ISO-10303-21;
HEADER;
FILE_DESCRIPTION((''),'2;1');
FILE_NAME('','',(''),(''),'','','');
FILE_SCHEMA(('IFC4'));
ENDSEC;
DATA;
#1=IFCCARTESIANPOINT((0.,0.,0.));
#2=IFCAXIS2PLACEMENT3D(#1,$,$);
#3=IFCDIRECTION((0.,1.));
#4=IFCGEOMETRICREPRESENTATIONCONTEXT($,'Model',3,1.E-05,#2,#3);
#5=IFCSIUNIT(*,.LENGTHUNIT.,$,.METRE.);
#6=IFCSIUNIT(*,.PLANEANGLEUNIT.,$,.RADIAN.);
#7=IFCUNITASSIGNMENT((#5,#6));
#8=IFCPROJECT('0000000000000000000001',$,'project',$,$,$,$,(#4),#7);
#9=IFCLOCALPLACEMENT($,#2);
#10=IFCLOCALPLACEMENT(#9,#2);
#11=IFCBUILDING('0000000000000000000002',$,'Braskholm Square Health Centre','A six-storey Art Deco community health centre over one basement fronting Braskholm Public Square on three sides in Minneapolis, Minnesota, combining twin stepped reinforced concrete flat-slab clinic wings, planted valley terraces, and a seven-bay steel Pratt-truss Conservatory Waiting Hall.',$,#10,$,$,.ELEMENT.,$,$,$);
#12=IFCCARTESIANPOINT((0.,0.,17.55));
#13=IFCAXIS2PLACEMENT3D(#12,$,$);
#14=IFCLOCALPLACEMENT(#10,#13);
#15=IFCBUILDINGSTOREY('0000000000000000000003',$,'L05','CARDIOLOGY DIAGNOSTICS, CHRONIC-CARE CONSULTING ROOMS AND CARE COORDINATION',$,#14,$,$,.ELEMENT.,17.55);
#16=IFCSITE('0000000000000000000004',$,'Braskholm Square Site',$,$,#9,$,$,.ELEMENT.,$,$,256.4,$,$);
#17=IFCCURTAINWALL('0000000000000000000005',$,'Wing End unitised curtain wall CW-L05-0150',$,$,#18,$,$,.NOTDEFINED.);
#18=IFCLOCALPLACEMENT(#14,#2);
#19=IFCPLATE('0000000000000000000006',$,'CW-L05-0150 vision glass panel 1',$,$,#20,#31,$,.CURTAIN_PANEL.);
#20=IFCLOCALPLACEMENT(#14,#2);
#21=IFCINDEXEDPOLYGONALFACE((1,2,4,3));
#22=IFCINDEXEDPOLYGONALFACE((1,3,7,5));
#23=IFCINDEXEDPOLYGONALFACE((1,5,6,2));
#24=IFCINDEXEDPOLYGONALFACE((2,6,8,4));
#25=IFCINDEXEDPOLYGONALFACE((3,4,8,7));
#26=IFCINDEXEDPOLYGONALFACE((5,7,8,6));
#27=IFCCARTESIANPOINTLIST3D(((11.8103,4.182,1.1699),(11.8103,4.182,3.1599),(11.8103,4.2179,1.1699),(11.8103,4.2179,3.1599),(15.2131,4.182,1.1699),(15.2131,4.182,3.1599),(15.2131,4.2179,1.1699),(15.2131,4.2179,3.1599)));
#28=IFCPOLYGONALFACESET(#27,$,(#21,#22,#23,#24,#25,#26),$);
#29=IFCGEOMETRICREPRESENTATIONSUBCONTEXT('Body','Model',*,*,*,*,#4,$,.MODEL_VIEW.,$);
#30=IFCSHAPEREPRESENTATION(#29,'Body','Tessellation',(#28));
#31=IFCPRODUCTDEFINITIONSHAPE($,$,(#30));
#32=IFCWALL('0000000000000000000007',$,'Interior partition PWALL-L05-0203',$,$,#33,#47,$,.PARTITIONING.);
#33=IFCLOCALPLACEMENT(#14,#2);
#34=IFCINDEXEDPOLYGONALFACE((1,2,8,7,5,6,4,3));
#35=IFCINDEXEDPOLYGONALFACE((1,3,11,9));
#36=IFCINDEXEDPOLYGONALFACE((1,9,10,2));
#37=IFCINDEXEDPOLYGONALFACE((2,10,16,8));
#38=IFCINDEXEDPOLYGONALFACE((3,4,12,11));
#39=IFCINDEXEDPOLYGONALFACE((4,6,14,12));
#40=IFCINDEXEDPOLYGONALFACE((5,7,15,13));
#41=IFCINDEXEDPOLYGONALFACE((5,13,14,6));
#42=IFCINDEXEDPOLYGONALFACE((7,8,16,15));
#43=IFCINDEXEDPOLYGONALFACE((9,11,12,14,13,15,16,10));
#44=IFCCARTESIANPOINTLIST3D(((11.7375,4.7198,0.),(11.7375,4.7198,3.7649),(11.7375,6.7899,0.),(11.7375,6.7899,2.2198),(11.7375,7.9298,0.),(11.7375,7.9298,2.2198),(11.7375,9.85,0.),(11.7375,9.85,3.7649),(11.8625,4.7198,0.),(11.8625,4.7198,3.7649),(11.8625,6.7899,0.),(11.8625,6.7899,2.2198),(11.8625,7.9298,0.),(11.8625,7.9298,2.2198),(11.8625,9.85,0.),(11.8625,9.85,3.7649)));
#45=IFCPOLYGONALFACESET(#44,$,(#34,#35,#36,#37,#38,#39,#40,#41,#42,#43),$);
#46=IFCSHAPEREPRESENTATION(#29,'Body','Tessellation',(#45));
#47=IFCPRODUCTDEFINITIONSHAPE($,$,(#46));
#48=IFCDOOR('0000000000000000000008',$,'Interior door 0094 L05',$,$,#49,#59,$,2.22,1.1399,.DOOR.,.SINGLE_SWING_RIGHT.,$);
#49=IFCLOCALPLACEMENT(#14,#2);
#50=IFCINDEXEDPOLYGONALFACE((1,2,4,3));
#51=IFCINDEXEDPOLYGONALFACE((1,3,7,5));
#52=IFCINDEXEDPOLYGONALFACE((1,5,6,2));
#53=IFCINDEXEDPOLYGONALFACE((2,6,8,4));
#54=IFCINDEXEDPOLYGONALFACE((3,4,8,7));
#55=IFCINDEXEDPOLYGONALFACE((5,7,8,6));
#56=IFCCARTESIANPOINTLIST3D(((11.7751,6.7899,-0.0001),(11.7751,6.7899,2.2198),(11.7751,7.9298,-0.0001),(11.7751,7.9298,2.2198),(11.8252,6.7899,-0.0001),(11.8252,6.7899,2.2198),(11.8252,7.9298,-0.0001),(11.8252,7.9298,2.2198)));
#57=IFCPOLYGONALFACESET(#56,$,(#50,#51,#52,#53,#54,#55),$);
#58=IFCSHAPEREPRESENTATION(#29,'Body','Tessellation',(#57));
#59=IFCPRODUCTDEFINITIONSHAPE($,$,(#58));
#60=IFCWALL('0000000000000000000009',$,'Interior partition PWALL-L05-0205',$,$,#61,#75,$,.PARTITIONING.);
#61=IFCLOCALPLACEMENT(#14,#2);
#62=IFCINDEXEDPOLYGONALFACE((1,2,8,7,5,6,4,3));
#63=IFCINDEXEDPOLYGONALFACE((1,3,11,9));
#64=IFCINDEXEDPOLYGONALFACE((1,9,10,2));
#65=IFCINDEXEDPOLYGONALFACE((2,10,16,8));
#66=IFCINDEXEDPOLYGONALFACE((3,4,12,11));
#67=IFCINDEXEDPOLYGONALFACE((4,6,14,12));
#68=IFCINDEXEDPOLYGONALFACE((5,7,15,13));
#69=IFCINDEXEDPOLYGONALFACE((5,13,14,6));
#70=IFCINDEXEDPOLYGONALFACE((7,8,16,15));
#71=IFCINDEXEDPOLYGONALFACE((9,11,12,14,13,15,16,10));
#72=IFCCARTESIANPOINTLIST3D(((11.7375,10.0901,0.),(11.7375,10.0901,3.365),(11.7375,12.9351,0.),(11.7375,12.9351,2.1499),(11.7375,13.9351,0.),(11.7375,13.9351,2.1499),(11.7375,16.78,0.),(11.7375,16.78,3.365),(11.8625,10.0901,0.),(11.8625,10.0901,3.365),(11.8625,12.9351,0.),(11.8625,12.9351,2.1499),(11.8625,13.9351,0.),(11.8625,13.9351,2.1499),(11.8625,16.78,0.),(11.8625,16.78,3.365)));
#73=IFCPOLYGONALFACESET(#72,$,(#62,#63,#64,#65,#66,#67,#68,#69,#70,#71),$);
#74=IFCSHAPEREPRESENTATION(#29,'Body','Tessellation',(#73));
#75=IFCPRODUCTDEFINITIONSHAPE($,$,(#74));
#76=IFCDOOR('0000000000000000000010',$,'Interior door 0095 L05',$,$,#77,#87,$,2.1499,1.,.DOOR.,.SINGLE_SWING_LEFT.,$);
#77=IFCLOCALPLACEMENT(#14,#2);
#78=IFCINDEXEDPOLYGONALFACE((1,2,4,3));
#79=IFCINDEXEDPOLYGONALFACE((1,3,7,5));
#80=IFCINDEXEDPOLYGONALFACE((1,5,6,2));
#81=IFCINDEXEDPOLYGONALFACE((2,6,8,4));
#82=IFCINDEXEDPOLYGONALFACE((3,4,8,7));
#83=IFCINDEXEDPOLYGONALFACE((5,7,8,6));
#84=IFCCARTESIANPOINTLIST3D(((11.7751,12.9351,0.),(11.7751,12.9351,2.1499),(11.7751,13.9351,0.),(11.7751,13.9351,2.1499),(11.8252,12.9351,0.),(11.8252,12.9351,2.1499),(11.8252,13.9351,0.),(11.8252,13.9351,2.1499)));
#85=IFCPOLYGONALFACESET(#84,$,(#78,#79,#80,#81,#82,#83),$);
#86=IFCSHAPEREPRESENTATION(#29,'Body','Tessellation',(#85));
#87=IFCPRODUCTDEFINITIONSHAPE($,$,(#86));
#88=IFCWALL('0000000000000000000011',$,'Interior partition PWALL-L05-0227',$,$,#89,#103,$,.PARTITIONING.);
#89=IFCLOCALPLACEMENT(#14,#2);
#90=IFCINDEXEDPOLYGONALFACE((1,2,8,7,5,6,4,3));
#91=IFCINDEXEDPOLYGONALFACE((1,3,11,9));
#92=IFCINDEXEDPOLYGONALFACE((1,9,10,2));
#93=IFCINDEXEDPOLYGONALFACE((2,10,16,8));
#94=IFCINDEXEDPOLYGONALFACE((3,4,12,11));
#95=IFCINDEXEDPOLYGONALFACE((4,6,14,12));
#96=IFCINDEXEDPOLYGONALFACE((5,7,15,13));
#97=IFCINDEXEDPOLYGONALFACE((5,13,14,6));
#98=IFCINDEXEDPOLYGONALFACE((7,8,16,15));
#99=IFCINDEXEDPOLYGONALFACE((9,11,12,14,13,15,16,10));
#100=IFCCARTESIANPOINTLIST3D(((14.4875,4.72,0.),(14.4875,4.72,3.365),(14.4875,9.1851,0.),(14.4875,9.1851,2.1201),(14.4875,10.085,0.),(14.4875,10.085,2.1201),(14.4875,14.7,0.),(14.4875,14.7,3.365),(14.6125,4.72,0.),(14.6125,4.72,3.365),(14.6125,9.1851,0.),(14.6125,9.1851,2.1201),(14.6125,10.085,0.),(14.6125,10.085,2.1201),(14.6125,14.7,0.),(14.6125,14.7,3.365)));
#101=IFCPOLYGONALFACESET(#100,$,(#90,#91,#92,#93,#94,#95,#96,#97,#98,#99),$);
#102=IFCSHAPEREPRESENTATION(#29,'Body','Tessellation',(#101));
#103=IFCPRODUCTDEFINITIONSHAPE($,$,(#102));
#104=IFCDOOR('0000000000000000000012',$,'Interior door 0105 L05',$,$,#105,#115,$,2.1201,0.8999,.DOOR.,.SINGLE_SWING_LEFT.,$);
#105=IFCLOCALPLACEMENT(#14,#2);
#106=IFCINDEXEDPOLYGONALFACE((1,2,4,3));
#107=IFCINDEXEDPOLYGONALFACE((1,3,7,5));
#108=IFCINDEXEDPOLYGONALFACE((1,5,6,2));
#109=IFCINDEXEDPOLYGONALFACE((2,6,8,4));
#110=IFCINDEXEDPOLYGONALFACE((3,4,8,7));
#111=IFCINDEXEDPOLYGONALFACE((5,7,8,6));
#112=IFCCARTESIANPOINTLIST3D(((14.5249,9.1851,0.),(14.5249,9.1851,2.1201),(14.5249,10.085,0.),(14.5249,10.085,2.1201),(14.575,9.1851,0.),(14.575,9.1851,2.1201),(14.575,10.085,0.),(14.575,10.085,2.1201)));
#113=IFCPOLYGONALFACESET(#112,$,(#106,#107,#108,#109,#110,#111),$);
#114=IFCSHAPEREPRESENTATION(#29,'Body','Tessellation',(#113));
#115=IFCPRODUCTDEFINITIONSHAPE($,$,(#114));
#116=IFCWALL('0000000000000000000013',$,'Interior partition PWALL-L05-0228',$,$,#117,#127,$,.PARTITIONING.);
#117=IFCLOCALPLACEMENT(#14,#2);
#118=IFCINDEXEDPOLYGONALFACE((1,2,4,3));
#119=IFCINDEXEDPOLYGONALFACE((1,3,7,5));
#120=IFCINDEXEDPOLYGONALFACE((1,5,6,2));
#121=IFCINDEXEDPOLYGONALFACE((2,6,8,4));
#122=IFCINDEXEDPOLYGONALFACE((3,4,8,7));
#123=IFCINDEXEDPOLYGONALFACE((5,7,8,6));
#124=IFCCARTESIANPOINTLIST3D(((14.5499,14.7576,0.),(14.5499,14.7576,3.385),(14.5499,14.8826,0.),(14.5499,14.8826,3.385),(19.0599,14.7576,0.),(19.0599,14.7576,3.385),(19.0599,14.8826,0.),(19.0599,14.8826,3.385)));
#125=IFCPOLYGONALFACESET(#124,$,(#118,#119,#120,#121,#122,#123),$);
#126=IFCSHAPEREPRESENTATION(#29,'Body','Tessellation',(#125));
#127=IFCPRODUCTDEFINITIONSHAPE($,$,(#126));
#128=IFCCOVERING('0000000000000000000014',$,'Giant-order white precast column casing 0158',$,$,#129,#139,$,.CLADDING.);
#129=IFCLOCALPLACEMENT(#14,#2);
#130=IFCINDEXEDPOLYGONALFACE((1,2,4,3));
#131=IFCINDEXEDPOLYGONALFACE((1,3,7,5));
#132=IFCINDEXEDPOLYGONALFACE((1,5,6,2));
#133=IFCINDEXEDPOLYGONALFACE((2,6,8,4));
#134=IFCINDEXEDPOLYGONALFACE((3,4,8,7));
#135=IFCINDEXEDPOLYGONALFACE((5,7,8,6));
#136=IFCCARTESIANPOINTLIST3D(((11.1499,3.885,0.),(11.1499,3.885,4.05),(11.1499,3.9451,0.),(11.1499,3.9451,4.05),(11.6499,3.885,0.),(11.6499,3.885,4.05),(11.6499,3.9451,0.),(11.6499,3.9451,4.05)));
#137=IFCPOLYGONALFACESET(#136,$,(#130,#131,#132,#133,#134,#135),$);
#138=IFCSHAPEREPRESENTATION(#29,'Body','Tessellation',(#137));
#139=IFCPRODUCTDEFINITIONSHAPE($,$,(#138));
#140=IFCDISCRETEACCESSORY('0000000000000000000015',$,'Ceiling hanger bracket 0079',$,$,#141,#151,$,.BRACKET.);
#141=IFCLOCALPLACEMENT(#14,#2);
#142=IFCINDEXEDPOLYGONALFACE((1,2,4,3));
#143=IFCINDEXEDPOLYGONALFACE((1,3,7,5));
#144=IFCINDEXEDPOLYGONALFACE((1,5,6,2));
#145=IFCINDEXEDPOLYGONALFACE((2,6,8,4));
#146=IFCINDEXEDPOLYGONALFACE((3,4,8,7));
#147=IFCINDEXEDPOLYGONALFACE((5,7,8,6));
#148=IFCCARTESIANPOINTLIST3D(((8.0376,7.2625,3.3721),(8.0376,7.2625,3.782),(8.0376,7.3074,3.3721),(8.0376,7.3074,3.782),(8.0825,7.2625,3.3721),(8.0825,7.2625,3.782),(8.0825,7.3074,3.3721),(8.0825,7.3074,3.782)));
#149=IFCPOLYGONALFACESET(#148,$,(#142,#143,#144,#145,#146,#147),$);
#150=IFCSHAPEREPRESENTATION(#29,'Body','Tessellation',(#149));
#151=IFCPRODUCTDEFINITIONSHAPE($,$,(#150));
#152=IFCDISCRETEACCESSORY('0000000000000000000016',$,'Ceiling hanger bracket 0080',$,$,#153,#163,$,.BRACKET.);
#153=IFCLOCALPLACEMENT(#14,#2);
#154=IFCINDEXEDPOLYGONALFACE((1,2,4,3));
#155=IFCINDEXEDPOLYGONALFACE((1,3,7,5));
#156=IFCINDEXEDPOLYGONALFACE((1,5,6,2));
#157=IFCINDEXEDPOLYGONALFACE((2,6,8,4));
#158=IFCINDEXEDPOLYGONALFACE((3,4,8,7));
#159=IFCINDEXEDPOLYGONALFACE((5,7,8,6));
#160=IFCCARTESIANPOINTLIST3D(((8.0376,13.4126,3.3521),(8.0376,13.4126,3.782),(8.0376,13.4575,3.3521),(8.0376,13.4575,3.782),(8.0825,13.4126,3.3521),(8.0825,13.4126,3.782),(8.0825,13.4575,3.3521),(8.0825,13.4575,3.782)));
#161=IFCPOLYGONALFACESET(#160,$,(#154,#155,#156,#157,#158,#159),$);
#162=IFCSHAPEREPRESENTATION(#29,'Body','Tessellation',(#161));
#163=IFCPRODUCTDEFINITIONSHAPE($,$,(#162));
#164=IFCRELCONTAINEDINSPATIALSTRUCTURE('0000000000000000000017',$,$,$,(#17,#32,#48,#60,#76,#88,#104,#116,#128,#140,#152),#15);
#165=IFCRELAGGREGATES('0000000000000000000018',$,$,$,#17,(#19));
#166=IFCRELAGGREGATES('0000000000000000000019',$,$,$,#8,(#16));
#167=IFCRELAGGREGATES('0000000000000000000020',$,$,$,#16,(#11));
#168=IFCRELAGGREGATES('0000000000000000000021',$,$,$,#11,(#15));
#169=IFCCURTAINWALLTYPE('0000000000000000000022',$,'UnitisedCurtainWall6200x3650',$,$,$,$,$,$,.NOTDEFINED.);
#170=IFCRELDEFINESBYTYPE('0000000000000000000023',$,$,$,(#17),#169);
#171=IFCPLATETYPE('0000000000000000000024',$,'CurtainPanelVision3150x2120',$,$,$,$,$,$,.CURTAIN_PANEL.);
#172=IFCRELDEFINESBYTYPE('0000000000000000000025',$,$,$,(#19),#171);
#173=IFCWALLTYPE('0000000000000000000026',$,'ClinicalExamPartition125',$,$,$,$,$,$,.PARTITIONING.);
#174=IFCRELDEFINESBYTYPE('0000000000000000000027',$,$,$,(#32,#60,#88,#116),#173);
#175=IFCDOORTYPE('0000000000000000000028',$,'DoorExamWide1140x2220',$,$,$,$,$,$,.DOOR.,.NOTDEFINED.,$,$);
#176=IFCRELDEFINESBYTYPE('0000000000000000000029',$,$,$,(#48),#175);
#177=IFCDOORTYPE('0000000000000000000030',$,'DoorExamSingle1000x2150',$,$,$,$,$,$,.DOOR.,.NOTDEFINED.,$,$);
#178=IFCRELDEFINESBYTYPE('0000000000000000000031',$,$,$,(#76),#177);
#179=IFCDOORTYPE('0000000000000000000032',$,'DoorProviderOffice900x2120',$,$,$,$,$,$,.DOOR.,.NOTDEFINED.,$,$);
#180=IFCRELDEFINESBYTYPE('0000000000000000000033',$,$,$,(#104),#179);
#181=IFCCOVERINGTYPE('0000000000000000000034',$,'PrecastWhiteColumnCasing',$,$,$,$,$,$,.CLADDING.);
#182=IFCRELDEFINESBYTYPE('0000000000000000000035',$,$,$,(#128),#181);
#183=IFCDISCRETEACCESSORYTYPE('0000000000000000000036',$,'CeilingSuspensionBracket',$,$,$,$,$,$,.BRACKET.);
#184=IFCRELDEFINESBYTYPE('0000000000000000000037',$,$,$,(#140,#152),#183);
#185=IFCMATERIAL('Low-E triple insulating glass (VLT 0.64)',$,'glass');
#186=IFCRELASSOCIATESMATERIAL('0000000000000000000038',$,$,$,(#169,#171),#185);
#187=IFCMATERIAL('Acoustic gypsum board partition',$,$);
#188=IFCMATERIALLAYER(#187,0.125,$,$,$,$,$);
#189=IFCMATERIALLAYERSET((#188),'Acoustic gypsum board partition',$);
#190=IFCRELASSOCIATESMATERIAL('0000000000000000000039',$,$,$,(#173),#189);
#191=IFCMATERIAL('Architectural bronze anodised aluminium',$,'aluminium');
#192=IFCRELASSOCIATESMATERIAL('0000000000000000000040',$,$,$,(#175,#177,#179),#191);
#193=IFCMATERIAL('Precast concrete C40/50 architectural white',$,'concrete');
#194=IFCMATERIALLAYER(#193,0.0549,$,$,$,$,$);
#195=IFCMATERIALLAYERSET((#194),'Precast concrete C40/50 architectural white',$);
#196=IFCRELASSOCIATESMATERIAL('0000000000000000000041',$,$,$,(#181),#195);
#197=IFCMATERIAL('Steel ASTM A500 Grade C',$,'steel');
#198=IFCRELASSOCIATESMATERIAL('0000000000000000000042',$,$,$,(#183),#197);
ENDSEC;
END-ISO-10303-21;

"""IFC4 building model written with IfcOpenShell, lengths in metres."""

from ifc_helpers import new_model, si_unit, direction, frame, frame_2d, origin, origin_with_axes, origin_2d, place, context, subcontext, project, spatial, rectangle, extrude, material, layer, layer_set, type_object, element, fill, aggregate, save


model = new_model("IFC4")

# Units and contexts
model_context = context("Model", 3, precision=1e-05, world=origin(), true_north=direction((0.0, 1.0)))
body_context = subcontext(model_context, "Body", "Model", "MODEL_VIEW")
ifc_project = project(units=[si_unit("LENGTHUNIT", "METRE"), si_unit("PLANEANGLEUNIT", "RADIAN")], contexts=[model_context])

# Site, building, storey
site_placement = place(None, origin())
site = spatial("IfcSite", under=ifc_project, at=site_placement, Name="Braskholm Square Site", CompositionType="ELEMENT", RefElevation=256.4)
building_placement = place(site_placement, origin())
building = spatial("IfcBuilding", under=site, at=building_placement, Name="Braskholm Square Health Centre", Description="A six-storey Art Deco community health centre over one basement fronting Braskholm Public Square on three sides in Minneapolis, Minnesota, combining twin stepped reinforced concrete flat-slab clinic wings, planted valley terraces, and a seven-bay steel Pratt-truss Conservatory Waiting Hall.", CompositionType="ELEMENT")
storey_placement = place(building_placement, frame((0.0, 0.0, 17.55)))
storey = spatial("IfcBuildingStorey", under=building, at=storey_placement, Name="L05", Description="CARDIOLOGY DIAGNOSTICS, CHRONIC-CARE CONSULTING ROOMS AND CARE COORDINATION", CompositionType="ELEMENT", Elevation=17.55)

# Shared definitions
ifc_material_1 = material(Name="Precast concrete C40/50 architectural white", Category="concrete")

# Curtain wall
ifc_material_2 = material(Name="Low-E triple insulating glass (VLT 0.64)", Category="glass")
curtain_wall_type = type_object("IfcCurtainWallType", Name="UnitisedCurtainWall6200x3650", PredefinedType="NOTDEFINED", material=ifc_material_2)
curtain_wall_1_placement = place(storey_placement, origin())
curtain_wall_1 = element("IfcCurtainWall", 1, at=curtain_wall_1_placement, inside=storey, type_object=curtain_wall_type, Name="Wing End unitised curtain wall CW-L05-0150", PredefinedType="NOTDEFINED")
ifc_material_3 = material(Name="Architectural bronze anodised aluminium", Category="aluminium")

# Plate
plate_type_1 = type_object("IfcPlateType", Name="CurtainPanelVision3150x2120", PredefinedType="CURTAIN_PANEL", material=ifc_material_2)
plate_1_placement = place(storey_placement, frame((13.5117, 4.2, 1.1699), z_axis=(0.0, 0.0, 1.0), x_axis=(1.0, 0.0, 0.0)))
plate_1 = element("IfcPlate", 2, at=plate_1_placement, type_object=plate_type_1, Name="CW-L05-0150 vision glass panel 1", PredefinedType="CURTAIN_PANEL", context=body_context, shape_type="SweptSolid", body=[
    extrude(rectangle(XDim=3.4028, YDim=0.0359, at=origin_2d()), origin(), (0.0, 0.0, 1.0), 1.99),
])
aggregate(curtain_wall_1, [plate_1])

# Walls, openings, doors
ifc_material_4 = material(Name="Acoustic gypsum board partition")
ifc_layer_1 = layer(ifc_material_4, 0.125)
ifc_layer_set_1 = layer_set([ifc_layer_1], Name="Acoustic gypsum board partition")
wall_type = type_object("IfcWallType", Name="ClinicalExamPartition125", PredefinedType="PARTITIONING", material=ifc_layer_set_1)
wall_1_placement = place(storey_placement, frame((11.8, 4.72, 0.0), z_axis=(0.0, 0.0, 1.0), x_axis=(0.0, 1.0, 0.0)))
wall_1 = element("IfcWall", 3, at=wall_1_placement, inside=storey, type_object=wall_type, Name="Interior partition PWALL-L05-0203", PredefinedType="PARTITIONING", context=body_context, shape_type="SweptSolid", body=[
    extrude(rectangle(XDim=5.1301, YDim=0.125, at=frame_2d((2.5649, 0.0))), origin(), (0.0, 0.0, 1.0), 3.7649),
])
opening_1_placement = place(wall_1_placement, frame((2.0701, 0.0, 0.0)))
opening_1 = element("IfcOpeningElement", 4, at=opening_1_placement, cuts=wall_1, PredefinedType="OPENING", context=body_context, shape_type="SweptSolid", body=[
    extrude(rectangle(XDim=1.1399, YDim=2.22, at=frame_2d((0.5698, 1.1099))), frame((0.0, 0.0725, 0.0), z_axis=(0.0, -1.0, 0.0), x_axis=(1.0, 0.0, 0.0)), (0.0, 0.0, 1.0), 0.145),
])
door_type_1 = type_object("IfcDoorType", Name="DoorExamWide1140x2220", OperationType="NOTDEFINED", PredefinedType="DOOR", material=ifc_material_3)
door_1_placement = place(opening_1_placement, origin_with_axes())
door_1 = element("IfcDoor", 5, at=door_1_placement, inside=storey, type_object=door_type_1, Name="Interior door 0094 L05", OperationType="SINGLE_SWING_RIGHT", OverallHeight=2.22, OverallWidth=1.1399, PredefinedType="DOOR", context=body_context, shape_type="SweptSolid", body=[
    extrude(rectangle(XDim=1.1399, YDim=2.22, at=frame_2d((0.5698, 1.1099))), frame((0.0, 0.0249, 0.0), z_axis=(0.0, -1.0, 0.0), x_axis=(1.0, 0.0, 0.0)), (0.0, 0.0, 1.0), 0.05),
])
fill(opening_1, door_1)
wall_2_placement = place(storey_placement, frame((11.8, 10.0901, 0.0), z_axis=(0.0, 0.0, 1.0), x_axis=(0.0, 1.0, 0.0)))
wall_2 = element("IfcWall", 6, at=wall_2_placement, inside=storey, type_object=wall_type, Name="Interior partition PWALL-L05-0205", PredefinedType="PARTITIONING", context=body_context, shape_type="SweptSolid", body=[
    extrude(rectangle(XDim=6.6899, YDim=0.125, at=frame_2d((3.345, 0.0))), origin(), (0.0, 0.0, 1.0), 3.365),
])
opening_2_placement = place(wall_2_placement, frame((2.845, 0.0, 0.0)))
opening_2 = element("IfcOpeningElement", 7, at=opening_2_placement, cuts=wall_2, PredefinedType="OPENING", context=body_context, shape_type="SweptSolid", body=[
    extrude(rectangle(XDim=1.0, YDim=2.1499, at=frame_2d((0.5, 1.075))), frame((0.0, 0.0725, 0.0), z_axis=(0.0, -1.0, 0.0), x_axis=(1.0, 0.0, 0.0)), (0.0, 0.0, 1.0), 0.145),
])
door_type_2 = type_object("IfcDoorType", Name="DoorExamSingle1000x2150", OperationType="NOTDEFINED", PredefinedType="DOOR", material=ifc_material_3)
door_2_placement = place(opening_2_placement, origin_with_axes())
door_2 = element("IfcDoor", 8, at=door_2_placement, inside=storey, type_object=door_type_2, Name="Interior door 0095 L05", OperationType="SINGLE_SWING_LEFT", OverallHeight=2.1499, OverallWidth=1.0, PredefinedType="DOOR", context=body_context, shape_type="SweptSolid", body=[
    extrude(rectangle(XDim=1.0, YDim=2.1499, at=frame_2d((0.5, 1.075))), frame((0.0, 0.0249, 0.0), z_axis=(0.0, -1.0, 0.0), x_axis=(1.0, 0.0, 0.0)), (0.0, 0.0, 1.0), 0.05),
])
fill(opening_2, door_2)
wall_3_placement = place(storey_placement, frame((14.55, 4.72, 0.0), z_axis=(0.0, 0.0, 1.0), x_axis=(0.0, 1.0, 0.0)))
wall_3 = element("IfcWall", 9, at=wall_3_placement, inside=storey, type_object=wall_type, Name="Interior partition PWALL-L05-0227", PredefinedType="PARTITIONING", context=body_context, shape_type="SweptSolid", body=[
    extrude(rectangle(XDim=9.98, YDim=0.125, at=frame_2d((4.99, 0.0))), origin(), (0.0, 0.0, 1.0), 3.365),
])
opening_3_placement = place(wall_3_placement, frame((4.4651, 0.0, 0.0)))
opening_3 = element("IfcOpeningElement", 10, at=opening_3_placement, cuts=wall_3, PredefinedType="OPENING", context=body_context, shape_type="SweptSolid", body=[
    extrude(rectangle(XDim=0.8999, YDim=2.1201, at=frame_2d((0.45, 1.0601))), frame((0.0, 0.0725, 0.0), z_axis=(0.0, -1.0, 0.0), x_axis=(1.0, 0.0, 0.0)), (0.0, 0.0, 1.0), 0.145),
])
door_type_3 = type_object("IfcDoorType", Name="DoorProviderOffice900x2120", OperationType="NOTDEFINED", PredefinedType="DOOR", material=ifc_material_3)
door_3_placement = place(opening_3_placement, frame((0.8999, 0.0, 0.0), z_axis=(0.0, 0.0, 1.0), x_axis=(-1.0, 0.0, 0.0)))
door_3 = element("IfcDoor", 11, at=door_3_placement, inside=storey, type_object=door_type_3, Name="Interior door 0105 L05", OperationType="SINGLE_SWING_LEFT", OverallHeight=2.1201, OverallWidth=0.8999, PredefinedType="DOOR", context=body_context, shape_type="SweptSolid", body=[
    extrude(rectangle(XDim=0.8999, YDim=2.1201, at=frame_2d((0.45, 1.0601))), frame((0.0, 0.0249, 0.0), z_axis=(0.0, -1.0, 0.0), x_axis=(1.0, 0.0, 0.0)), (0.0, 0.0, 1.0), 0.05),
])
fill(opening_3, door_3)

# Wall
wall_4_placement = place(storey_placement, frame((14.55, 14.8201, 0.0), z_axis=(0.0, 0.0, 1.0), x_axis=(1.0, 0.0, 0.0)))
element("IfcWall", 12, at=wall_4_placement, inside=storey, type_object=wall_type, Name="Interior partition PWALL-L05-0228", PredefinedType="PARTITIONING", context=body_context, shape_type="SweptSolid", body=[
    extrude(rectangle(XDim=4.51, YDim=0.125, at=frame_2d((2.2549, 0.0))), origin(), (0.0, 0.0, 1.0), 3.385),
])

# Covering
ifc_layer_2 = layer(ifc_material_1, 0.0549)
ifc_layer_set_2 = layer_set([ifc_layer_2], Name="Precast concrete C40/50 architectural white")
covering_type = type_object("IfcCoveringType", Name="PrecastWhiteColumnCasing", PredefinedType="CLADDING", material=ifc_layer_set_2)
covering_placement = place(storey_placement, frame((11.3999, 3.915, 0.0), z_axis=(0.0, 0.0, 1.0), x_axis=(1.0, 0.0, 0.0)))
element("IfcCovering", 13, at=covering_placement, inside=storey, type_object=covering_type, Name="Giant-order white precast column casing 0158", PredefinedType="CLADDING", context=body_context, shape_type="SweptSolid", body=[
    extrude(rectangle(XDim=0.5, YDim=0.0601, at=origin_2d()), origin(), (0.0, 0.0, 1.0), 4.05),
])

# Discrete accessories
ifc_material_5 = material(Name="Steel ASTM A500 Grade C", Category="steel")
discrete_accessory_type = type_object("IfcDiscreteAccessoryType", Name="CeilingSuspensionBracket", PredefinedType="BRACKET", material=ifc_material_5)
discrete_accessory_1_placement = place(storey_placement, frame((8.0601, 7.2849, 3.3721), z_axis=(0.0, 0.0, 1.0), x_axis=(1.0, 0.0, 0.0)))
element("IfcDiscreteAccessory", 14, at=discrete_accessory_1_placement, inside=storey, type_object=discrete_accessory_type, Name="Ceiling hanger bracket 0079", PredefinedType="BRACKET", context=body_context, shape_type="SweptSolid", body=[
    extrude(rectangle(XDim=0.0449, YDim=0.0449, at=origin_2d()), origin(), (0.0, 0.0, 1.0), 0.4099),
])
discrete_accessory_2_placement = place(storey_placement, frame((8.0601, 13.4351, 3.3521), z_axis=(0.0, 0.0, 1.0), x_axis=(1.0, 0.0, 0.0)))
element("IfcDiscreteAccessory", 15, at=discrete_accessory_2_placement, inside=storey, type_object=discrete_accessory_type, Name="Ceiling hanger bracket 0080", PredefinedType="BRACKET", context=body_context, shape_type="SweptSolid", body=[
    extrude(rectangle(XDim=0.0449, YDim=0.0449, at=origin_2d()), origin(), (0.0, 0.0, 1.0), 0.4299),
])

save(model, "model.ifc")
